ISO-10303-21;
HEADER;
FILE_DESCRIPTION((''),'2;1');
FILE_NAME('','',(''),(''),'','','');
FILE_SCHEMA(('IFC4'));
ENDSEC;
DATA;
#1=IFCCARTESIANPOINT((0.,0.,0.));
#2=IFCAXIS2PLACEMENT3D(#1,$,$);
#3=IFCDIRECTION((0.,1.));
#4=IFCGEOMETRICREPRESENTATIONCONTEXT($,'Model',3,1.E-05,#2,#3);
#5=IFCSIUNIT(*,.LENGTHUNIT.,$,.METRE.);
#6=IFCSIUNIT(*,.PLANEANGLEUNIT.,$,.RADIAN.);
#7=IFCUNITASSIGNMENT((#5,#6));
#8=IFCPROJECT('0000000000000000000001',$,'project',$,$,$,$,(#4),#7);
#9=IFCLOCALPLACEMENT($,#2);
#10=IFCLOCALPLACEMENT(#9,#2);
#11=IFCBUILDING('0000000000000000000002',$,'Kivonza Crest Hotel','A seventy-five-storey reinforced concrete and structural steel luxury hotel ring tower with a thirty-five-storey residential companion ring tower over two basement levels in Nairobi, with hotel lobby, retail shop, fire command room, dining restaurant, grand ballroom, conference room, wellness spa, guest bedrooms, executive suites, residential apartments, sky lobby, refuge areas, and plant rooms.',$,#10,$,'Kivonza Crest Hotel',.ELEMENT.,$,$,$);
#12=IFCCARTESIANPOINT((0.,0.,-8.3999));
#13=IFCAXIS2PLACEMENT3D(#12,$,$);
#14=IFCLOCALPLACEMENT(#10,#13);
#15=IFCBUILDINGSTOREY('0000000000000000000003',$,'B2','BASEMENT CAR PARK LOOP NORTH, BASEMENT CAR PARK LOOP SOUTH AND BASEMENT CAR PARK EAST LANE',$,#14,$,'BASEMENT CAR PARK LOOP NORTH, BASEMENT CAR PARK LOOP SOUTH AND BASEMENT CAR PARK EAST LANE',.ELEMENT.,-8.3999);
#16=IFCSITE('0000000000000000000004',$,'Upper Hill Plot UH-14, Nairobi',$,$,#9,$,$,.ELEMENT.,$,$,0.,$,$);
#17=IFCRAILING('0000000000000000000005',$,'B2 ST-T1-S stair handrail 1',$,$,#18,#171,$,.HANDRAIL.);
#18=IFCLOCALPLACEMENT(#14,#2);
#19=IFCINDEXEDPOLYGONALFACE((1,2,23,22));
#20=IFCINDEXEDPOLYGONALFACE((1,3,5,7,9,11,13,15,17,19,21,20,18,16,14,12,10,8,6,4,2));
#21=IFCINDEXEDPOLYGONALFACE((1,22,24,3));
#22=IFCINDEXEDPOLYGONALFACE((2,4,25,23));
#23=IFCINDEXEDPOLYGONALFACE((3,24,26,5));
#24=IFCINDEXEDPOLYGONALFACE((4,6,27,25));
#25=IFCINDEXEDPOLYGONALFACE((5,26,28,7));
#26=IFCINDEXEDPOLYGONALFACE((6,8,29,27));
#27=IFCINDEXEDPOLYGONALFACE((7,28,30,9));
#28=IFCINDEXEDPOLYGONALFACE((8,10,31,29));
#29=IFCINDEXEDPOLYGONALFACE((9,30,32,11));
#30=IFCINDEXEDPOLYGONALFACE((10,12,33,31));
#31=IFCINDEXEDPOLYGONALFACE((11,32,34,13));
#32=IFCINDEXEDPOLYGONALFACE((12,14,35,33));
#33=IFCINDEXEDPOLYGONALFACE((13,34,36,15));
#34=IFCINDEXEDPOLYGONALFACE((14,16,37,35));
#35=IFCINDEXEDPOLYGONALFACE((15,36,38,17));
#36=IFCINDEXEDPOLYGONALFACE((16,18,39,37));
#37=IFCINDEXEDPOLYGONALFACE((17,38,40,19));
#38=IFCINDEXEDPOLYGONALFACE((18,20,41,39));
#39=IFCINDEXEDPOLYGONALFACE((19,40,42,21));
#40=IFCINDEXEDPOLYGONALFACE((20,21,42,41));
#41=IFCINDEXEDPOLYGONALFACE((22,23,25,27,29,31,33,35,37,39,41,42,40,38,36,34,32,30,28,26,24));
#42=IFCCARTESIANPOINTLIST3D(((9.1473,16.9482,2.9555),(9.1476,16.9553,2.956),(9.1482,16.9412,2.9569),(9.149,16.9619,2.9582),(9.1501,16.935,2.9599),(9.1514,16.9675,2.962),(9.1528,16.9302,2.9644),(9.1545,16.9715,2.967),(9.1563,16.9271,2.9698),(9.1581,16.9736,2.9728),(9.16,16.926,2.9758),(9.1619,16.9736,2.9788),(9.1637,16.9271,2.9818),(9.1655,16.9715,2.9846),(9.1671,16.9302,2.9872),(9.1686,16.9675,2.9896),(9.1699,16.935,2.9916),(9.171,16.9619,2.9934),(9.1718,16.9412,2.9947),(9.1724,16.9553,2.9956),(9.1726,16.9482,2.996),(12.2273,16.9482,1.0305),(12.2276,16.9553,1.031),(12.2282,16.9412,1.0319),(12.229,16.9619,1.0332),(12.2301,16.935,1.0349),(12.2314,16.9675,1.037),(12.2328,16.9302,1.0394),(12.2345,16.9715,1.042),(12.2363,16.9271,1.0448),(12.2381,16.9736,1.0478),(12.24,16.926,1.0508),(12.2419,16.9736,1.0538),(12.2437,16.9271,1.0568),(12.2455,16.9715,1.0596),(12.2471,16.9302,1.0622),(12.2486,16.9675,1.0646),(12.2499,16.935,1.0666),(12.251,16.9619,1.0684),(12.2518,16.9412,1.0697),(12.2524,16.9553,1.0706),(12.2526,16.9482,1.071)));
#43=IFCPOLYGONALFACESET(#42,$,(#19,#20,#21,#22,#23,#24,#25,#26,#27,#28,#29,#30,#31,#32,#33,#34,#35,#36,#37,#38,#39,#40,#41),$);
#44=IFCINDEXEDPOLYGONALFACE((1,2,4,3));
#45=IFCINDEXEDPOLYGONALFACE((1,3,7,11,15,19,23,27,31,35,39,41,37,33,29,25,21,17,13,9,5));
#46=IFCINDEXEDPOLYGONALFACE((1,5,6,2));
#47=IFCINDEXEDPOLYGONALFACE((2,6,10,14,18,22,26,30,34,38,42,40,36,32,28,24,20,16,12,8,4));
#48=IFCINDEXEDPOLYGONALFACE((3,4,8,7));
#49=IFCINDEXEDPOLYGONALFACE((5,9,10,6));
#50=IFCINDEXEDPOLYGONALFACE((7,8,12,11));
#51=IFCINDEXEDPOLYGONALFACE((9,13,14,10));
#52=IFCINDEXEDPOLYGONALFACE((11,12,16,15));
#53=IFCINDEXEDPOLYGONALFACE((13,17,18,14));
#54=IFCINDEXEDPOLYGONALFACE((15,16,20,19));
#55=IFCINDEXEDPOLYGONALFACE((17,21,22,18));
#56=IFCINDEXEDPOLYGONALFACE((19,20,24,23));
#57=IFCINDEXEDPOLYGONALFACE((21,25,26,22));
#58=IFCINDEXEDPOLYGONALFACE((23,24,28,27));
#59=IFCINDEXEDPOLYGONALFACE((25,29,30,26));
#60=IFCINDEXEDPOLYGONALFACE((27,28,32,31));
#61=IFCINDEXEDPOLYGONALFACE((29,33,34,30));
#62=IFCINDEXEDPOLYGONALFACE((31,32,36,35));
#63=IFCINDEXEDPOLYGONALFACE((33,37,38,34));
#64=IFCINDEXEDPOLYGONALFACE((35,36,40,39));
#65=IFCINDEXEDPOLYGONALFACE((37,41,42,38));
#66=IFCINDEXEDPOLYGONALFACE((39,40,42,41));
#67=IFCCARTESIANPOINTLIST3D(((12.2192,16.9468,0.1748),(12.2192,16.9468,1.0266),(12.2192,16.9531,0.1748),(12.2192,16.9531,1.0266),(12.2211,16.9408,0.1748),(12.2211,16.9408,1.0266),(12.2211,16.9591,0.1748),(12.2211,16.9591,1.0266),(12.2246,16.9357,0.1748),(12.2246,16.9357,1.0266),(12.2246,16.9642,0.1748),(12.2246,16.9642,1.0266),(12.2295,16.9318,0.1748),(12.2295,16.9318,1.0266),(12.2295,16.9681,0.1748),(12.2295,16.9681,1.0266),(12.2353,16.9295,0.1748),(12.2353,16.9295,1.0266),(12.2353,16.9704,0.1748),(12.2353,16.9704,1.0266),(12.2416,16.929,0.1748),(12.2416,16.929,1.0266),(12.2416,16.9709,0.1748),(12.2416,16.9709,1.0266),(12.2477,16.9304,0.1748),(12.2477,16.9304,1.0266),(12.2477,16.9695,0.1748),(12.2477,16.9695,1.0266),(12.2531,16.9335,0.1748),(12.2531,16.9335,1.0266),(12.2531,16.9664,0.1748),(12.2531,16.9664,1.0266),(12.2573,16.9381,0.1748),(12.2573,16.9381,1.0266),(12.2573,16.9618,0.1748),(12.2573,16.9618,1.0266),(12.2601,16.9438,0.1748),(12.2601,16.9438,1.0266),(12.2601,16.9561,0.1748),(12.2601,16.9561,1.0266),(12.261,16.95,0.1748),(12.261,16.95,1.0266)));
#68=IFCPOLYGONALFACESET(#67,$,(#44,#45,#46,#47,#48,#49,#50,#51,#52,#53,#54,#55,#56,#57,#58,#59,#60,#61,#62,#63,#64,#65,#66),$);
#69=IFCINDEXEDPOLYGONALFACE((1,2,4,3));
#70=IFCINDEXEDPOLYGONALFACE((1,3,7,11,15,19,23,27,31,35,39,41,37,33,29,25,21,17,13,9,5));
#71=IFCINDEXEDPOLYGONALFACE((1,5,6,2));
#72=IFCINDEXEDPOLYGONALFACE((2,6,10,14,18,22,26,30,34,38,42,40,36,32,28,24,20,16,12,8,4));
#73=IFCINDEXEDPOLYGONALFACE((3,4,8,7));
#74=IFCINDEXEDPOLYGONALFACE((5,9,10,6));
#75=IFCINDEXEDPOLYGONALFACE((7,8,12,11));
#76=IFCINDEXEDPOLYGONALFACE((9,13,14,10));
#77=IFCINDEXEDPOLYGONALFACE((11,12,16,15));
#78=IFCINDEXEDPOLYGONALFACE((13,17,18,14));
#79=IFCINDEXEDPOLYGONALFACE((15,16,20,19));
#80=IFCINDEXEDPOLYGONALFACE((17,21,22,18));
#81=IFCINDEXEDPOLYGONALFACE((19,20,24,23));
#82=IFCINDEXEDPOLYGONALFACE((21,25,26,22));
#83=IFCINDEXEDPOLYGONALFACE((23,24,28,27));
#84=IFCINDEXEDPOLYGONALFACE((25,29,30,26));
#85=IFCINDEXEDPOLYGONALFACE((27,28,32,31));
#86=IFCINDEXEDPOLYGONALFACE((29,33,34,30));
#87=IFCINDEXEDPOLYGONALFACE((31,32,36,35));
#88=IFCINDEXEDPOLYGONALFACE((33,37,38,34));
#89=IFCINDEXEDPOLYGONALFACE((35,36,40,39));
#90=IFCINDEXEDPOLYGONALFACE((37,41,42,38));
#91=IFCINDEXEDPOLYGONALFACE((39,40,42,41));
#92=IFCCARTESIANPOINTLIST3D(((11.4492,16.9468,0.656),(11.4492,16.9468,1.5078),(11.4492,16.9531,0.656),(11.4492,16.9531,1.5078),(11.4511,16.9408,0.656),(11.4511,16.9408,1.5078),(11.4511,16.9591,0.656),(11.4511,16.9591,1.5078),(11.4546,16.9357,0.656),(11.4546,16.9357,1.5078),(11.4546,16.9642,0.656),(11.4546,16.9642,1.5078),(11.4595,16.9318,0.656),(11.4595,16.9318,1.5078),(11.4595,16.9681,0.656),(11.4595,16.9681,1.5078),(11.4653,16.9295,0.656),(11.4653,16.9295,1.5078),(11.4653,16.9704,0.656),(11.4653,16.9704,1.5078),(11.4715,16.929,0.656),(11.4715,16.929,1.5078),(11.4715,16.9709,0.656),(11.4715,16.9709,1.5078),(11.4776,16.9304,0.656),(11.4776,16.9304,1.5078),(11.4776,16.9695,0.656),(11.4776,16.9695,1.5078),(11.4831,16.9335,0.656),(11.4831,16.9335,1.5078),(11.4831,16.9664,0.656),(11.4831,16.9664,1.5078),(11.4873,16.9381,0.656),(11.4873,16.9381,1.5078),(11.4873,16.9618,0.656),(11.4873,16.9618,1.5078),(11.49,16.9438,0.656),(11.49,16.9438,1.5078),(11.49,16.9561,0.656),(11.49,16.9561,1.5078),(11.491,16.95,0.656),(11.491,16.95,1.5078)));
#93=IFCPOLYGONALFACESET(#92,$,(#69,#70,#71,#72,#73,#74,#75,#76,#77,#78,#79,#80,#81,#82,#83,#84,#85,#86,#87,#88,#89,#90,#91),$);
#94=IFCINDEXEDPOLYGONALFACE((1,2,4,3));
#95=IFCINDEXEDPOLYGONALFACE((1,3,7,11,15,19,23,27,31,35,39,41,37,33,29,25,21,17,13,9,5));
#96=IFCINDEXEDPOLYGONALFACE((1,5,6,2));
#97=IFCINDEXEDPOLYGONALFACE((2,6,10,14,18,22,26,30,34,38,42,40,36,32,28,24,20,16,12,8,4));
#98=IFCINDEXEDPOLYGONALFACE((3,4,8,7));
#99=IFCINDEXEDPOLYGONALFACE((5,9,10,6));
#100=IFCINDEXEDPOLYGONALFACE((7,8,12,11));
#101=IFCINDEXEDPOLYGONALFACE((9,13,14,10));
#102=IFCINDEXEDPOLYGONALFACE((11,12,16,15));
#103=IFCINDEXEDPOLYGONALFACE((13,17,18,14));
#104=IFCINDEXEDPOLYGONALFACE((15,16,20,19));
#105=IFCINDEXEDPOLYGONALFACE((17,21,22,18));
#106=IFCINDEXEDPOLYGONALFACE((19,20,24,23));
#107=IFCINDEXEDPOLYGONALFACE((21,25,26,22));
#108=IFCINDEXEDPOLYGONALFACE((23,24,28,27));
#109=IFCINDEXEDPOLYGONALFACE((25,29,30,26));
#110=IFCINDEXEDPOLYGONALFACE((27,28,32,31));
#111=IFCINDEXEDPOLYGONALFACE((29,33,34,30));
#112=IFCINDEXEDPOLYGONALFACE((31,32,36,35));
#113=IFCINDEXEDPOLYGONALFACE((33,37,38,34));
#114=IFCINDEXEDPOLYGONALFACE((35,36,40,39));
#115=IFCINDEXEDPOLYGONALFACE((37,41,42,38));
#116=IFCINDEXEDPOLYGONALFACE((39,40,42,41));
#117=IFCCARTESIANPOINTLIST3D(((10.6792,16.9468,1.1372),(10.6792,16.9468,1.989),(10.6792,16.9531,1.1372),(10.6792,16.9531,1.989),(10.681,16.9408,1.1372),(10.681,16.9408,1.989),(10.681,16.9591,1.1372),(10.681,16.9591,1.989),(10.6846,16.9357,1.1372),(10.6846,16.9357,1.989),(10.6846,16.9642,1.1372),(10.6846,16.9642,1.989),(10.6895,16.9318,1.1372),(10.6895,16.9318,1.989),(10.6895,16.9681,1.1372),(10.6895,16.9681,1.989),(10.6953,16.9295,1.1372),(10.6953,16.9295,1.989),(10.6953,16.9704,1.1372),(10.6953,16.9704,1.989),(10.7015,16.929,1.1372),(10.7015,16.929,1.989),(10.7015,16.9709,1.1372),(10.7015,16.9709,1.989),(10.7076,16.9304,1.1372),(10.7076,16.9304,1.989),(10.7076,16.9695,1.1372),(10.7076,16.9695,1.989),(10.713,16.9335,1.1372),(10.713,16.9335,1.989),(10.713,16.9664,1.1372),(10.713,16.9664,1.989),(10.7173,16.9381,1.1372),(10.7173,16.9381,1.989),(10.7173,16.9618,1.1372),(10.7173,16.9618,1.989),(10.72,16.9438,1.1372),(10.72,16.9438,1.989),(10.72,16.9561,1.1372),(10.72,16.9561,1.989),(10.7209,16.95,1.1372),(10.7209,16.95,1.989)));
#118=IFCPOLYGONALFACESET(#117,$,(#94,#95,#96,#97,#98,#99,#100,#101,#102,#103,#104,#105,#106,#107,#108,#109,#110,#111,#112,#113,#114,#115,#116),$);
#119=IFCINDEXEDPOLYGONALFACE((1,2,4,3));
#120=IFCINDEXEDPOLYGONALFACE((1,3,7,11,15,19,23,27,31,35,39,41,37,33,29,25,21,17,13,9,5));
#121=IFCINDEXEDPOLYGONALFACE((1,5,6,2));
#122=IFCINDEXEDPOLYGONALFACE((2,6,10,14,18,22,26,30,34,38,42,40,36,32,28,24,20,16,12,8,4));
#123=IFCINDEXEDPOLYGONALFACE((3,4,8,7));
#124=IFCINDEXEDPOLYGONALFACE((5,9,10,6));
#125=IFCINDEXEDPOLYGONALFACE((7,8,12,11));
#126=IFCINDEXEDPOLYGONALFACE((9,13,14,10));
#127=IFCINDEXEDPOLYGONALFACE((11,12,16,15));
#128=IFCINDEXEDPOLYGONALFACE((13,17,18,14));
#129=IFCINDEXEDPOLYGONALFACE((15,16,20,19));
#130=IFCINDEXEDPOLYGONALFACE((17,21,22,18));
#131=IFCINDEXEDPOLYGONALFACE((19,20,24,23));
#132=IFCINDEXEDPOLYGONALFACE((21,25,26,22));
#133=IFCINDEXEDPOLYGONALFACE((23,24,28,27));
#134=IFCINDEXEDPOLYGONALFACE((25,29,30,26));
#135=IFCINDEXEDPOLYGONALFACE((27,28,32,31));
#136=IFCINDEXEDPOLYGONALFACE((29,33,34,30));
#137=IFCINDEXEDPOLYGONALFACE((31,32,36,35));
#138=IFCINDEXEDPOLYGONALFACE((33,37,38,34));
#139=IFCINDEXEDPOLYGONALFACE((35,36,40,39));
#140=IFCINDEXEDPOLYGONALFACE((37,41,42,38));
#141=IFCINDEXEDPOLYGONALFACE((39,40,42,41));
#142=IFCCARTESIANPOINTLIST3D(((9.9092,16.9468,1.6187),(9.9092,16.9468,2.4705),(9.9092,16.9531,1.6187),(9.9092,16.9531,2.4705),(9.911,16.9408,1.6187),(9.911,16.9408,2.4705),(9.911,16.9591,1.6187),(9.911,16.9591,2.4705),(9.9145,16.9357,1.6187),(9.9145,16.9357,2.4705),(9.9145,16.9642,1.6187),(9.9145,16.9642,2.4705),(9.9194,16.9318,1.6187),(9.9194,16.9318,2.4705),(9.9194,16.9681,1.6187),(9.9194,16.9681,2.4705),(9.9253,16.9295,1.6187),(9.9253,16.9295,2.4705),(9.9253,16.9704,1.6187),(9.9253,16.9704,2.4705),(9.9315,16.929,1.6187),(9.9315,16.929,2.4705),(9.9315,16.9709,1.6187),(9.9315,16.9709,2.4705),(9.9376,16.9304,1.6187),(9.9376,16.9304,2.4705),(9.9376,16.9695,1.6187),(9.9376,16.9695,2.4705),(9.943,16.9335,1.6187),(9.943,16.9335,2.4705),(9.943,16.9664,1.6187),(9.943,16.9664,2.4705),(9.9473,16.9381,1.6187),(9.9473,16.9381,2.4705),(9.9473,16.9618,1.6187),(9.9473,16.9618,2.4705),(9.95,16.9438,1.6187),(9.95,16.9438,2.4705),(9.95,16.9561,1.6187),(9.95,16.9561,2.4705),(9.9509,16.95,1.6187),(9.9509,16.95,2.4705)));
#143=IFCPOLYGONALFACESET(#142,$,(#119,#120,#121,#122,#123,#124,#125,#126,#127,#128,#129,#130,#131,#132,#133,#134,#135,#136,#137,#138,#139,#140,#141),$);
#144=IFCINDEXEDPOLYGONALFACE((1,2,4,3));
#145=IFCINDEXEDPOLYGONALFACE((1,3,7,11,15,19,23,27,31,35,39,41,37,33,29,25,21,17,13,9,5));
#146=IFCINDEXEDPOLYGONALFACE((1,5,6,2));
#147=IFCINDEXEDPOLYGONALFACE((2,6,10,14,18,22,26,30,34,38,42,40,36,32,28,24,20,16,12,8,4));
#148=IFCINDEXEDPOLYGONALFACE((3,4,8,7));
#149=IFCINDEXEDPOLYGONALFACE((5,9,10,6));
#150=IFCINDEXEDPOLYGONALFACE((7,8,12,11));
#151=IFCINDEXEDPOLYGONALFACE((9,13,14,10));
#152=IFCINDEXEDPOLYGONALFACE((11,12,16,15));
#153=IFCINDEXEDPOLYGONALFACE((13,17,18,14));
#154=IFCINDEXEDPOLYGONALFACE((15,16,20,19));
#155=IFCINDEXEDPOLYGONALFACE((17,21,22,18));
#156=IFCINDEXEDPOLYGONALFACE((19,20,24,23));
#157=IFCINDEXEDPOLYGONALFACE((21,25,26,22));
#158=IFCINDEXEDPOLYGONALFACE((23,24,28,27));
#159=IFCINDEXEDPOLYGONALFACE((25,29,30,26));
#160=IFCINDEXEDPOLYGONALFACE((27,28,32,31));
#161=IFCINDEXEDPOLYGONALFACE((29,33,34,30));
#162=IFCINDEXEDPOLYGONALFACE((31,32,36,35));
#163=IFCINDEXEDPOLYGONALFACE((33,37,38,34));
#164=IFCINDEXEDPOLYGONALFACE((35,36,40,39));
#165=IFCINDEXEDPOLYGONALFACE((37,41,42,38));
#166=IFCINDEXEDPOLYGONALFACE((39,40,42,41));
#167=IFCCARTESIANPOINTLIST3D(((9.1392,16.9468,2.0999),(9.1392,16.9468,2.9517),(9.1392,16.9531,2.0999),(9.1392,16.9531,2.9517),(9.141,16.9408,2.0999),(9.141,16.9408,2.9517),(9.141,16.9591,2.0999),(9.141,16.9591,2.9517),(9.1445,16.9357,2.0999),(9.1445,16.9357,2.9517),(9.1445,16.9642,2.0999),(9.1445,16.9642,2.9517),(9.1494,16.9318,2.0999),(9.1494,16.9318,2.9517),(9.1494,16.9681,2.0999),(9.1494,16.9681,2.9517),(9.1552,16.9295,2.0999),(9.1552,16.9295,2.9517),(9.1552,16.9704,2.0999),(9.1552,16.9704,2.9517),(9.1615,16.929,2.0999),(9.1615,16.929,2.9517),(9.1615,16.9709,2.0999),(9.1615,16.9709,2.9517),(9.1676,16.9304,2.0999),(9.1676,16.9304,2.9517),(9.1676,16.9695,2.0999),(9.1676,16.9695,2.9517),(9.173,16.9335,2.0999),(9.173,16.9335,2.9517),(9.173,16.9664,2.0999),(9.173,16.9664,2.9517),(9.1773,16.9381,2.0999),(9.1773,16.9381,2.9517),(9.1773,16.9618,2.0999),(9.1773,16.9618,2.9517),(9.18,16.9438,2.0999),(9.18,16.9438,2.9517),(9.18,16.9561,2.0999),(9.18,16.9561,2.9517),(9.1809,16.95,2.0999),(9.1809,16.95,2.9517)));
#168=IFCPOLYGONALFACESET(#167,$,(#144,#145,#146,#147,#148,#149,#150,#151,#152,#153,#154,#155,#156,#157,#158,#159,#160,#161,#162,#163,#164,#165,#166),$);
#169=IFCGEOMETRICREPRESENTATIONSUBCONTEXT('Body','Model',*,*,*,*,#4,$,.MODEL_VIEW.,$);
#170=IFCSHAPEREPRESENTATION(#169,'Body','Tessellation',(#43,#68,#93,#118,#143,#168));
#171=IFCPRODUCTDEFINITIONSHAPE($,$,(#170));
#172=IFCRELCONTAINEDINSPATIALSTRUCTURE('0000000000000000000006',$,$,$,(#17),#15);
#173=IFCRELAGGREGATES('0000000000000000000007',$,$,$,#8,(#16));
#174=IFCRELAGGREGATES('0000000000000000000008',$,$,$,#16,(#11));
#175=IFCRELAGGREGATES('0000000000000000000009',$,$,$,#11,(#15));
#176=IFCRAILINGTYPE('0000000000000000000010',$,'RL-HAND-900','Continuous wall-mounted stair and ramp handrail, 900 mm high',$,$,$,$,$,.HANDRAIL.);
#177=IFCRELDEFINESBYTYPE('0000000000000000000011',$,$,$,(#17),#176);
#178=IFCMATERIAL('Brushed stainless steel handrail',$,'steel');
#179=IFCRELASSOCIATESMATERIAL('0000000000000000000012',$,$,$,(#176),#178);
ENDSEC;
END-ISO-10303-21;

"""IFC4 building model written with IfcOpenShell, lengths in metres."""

from ifc_helpers import new_model, si_unit, direction, frame, origin, origin_2d, place, context, subcontext, project, spatial, circle, extrude, material, type_object, element, save


model = new_model("IFC4")

# Units and contexts
model_context = context("Model", 3, precision=1e-05, world=origin(), true_north=direction((0.0, 1.0)))
body_context = subcontext(model_context, "Body", "Model", "MODEL_VIEW")
ifc_project = project(units=[si_unit("LENGTHUNIT", "METRE"), si_unit("PLANEANGLEUNIT", "RADIAN")], contexts=[model_context])

# Site, building, storey
site_placement = place(None, origin())
site = spatial("IfcSite", under=ifc_project, at=site_placement, Name="Upper Hill Plot UH-14, Nairobi", CompositionType="ELEMENT", RefElevation=0.0)
building_placement = place(site_placement, origin())
building = spatial("IfcBuilding", under=site, at=building_placement, Name="Kivonza Crest Hotel", Description="A seventy-five-storey reinforced concrete and structural steel luxury hotel ring tower with a thirty-five-storey residential companion ring tower over two basement levels in Nairobi, with hotel lobby, retail shop, fire command room, dining restaurant, grand ballroom, conference room, wellness spa, guest bedrooms, executive suites, residential apartments, sky lobby, refuge areas, and plant rooms.", LongName="Kivonza Crest Hotel", CompositionType="ELEMENT")
storey_placement = place(building_placement, frame((0.0, 0.0, -8.3999)))
storey = spatial("IfcBuildingStorey", under=building, at=storey_placement, Name="B2", Description="BASEMENT CAR PARK LOOP NORTH, BASEMENT CAR PARK LOOP SOUTH AND BASEMENT CAR PARK EAST LANE", LongName="BASEMENT CAR PARK LOOP NORTH, BASEMENT CAR PARK LOOP SOUTH AND BASEMENT CAR PARK EAST LANE", CompositionType="ELEMENT", Elevation=-8.3999)

# Railing
ifc_material_1 = material(Name="Brushed stainless steel handrail", Category="steel")
railing_type_1 = type_object("IfcRailingType", Name="RL-HAND-900", Description="Continuous wall-mounted stair and ramp handrail, 900 mm high", PredefinedType="HANDRAIL", material=ifc_material_1)
railing_1_placement = place(storey_placement, frame((12.24, 16.95, 0.1748)))
element("IfcRailing", 1, at=railing_1_placement, inside=storey, type_object=railing_type_1, Name="B2 ST-T1-S stair handrail 1", PredefinedType="HANDRAIL", context=body_context, shape_type="SweptSolid", body=[
    extrude(circle(Radius=0.0239, at=origin_2d()), frame((0.0, 0.0, 0.876), z_axis=(-0.847998, 0.0, 0.529999), x_axis=(0.0, -1.0, 0.0)), (0.0, 0.0, 1.0), 3.6321),
    extrude(circle(Radius=0.021, at=origin_2d()), origin(), (0.0, 0.0, 1.0), 0.8518),
    extrude(circle(Radius=0.021, at=origin_2d()), frame((-0.77, 0.0, 0.4812)), (0.0, 0.0, 1.0), 0.8518),
    extrude(circle(Radius=0.021, at=origin_2d()), frame((-1.54, 0.0, 0.9624)), (0.0, 0.0, 1.0), 0.8518),
    extrude(circle(Radius=0.021, at=origin_2d()), frame((-2.3101, 0.0, 1.4438)), (0.0, 0.0, 1.0), 0.8518),
    extrude(circle(Radius=0.021, at=origin_2d()), frame((-3.0801, 0.0, 1.925)), (0.0, 0.0, 1.0), 0.8518),
])

save(model, "model.ifc")
